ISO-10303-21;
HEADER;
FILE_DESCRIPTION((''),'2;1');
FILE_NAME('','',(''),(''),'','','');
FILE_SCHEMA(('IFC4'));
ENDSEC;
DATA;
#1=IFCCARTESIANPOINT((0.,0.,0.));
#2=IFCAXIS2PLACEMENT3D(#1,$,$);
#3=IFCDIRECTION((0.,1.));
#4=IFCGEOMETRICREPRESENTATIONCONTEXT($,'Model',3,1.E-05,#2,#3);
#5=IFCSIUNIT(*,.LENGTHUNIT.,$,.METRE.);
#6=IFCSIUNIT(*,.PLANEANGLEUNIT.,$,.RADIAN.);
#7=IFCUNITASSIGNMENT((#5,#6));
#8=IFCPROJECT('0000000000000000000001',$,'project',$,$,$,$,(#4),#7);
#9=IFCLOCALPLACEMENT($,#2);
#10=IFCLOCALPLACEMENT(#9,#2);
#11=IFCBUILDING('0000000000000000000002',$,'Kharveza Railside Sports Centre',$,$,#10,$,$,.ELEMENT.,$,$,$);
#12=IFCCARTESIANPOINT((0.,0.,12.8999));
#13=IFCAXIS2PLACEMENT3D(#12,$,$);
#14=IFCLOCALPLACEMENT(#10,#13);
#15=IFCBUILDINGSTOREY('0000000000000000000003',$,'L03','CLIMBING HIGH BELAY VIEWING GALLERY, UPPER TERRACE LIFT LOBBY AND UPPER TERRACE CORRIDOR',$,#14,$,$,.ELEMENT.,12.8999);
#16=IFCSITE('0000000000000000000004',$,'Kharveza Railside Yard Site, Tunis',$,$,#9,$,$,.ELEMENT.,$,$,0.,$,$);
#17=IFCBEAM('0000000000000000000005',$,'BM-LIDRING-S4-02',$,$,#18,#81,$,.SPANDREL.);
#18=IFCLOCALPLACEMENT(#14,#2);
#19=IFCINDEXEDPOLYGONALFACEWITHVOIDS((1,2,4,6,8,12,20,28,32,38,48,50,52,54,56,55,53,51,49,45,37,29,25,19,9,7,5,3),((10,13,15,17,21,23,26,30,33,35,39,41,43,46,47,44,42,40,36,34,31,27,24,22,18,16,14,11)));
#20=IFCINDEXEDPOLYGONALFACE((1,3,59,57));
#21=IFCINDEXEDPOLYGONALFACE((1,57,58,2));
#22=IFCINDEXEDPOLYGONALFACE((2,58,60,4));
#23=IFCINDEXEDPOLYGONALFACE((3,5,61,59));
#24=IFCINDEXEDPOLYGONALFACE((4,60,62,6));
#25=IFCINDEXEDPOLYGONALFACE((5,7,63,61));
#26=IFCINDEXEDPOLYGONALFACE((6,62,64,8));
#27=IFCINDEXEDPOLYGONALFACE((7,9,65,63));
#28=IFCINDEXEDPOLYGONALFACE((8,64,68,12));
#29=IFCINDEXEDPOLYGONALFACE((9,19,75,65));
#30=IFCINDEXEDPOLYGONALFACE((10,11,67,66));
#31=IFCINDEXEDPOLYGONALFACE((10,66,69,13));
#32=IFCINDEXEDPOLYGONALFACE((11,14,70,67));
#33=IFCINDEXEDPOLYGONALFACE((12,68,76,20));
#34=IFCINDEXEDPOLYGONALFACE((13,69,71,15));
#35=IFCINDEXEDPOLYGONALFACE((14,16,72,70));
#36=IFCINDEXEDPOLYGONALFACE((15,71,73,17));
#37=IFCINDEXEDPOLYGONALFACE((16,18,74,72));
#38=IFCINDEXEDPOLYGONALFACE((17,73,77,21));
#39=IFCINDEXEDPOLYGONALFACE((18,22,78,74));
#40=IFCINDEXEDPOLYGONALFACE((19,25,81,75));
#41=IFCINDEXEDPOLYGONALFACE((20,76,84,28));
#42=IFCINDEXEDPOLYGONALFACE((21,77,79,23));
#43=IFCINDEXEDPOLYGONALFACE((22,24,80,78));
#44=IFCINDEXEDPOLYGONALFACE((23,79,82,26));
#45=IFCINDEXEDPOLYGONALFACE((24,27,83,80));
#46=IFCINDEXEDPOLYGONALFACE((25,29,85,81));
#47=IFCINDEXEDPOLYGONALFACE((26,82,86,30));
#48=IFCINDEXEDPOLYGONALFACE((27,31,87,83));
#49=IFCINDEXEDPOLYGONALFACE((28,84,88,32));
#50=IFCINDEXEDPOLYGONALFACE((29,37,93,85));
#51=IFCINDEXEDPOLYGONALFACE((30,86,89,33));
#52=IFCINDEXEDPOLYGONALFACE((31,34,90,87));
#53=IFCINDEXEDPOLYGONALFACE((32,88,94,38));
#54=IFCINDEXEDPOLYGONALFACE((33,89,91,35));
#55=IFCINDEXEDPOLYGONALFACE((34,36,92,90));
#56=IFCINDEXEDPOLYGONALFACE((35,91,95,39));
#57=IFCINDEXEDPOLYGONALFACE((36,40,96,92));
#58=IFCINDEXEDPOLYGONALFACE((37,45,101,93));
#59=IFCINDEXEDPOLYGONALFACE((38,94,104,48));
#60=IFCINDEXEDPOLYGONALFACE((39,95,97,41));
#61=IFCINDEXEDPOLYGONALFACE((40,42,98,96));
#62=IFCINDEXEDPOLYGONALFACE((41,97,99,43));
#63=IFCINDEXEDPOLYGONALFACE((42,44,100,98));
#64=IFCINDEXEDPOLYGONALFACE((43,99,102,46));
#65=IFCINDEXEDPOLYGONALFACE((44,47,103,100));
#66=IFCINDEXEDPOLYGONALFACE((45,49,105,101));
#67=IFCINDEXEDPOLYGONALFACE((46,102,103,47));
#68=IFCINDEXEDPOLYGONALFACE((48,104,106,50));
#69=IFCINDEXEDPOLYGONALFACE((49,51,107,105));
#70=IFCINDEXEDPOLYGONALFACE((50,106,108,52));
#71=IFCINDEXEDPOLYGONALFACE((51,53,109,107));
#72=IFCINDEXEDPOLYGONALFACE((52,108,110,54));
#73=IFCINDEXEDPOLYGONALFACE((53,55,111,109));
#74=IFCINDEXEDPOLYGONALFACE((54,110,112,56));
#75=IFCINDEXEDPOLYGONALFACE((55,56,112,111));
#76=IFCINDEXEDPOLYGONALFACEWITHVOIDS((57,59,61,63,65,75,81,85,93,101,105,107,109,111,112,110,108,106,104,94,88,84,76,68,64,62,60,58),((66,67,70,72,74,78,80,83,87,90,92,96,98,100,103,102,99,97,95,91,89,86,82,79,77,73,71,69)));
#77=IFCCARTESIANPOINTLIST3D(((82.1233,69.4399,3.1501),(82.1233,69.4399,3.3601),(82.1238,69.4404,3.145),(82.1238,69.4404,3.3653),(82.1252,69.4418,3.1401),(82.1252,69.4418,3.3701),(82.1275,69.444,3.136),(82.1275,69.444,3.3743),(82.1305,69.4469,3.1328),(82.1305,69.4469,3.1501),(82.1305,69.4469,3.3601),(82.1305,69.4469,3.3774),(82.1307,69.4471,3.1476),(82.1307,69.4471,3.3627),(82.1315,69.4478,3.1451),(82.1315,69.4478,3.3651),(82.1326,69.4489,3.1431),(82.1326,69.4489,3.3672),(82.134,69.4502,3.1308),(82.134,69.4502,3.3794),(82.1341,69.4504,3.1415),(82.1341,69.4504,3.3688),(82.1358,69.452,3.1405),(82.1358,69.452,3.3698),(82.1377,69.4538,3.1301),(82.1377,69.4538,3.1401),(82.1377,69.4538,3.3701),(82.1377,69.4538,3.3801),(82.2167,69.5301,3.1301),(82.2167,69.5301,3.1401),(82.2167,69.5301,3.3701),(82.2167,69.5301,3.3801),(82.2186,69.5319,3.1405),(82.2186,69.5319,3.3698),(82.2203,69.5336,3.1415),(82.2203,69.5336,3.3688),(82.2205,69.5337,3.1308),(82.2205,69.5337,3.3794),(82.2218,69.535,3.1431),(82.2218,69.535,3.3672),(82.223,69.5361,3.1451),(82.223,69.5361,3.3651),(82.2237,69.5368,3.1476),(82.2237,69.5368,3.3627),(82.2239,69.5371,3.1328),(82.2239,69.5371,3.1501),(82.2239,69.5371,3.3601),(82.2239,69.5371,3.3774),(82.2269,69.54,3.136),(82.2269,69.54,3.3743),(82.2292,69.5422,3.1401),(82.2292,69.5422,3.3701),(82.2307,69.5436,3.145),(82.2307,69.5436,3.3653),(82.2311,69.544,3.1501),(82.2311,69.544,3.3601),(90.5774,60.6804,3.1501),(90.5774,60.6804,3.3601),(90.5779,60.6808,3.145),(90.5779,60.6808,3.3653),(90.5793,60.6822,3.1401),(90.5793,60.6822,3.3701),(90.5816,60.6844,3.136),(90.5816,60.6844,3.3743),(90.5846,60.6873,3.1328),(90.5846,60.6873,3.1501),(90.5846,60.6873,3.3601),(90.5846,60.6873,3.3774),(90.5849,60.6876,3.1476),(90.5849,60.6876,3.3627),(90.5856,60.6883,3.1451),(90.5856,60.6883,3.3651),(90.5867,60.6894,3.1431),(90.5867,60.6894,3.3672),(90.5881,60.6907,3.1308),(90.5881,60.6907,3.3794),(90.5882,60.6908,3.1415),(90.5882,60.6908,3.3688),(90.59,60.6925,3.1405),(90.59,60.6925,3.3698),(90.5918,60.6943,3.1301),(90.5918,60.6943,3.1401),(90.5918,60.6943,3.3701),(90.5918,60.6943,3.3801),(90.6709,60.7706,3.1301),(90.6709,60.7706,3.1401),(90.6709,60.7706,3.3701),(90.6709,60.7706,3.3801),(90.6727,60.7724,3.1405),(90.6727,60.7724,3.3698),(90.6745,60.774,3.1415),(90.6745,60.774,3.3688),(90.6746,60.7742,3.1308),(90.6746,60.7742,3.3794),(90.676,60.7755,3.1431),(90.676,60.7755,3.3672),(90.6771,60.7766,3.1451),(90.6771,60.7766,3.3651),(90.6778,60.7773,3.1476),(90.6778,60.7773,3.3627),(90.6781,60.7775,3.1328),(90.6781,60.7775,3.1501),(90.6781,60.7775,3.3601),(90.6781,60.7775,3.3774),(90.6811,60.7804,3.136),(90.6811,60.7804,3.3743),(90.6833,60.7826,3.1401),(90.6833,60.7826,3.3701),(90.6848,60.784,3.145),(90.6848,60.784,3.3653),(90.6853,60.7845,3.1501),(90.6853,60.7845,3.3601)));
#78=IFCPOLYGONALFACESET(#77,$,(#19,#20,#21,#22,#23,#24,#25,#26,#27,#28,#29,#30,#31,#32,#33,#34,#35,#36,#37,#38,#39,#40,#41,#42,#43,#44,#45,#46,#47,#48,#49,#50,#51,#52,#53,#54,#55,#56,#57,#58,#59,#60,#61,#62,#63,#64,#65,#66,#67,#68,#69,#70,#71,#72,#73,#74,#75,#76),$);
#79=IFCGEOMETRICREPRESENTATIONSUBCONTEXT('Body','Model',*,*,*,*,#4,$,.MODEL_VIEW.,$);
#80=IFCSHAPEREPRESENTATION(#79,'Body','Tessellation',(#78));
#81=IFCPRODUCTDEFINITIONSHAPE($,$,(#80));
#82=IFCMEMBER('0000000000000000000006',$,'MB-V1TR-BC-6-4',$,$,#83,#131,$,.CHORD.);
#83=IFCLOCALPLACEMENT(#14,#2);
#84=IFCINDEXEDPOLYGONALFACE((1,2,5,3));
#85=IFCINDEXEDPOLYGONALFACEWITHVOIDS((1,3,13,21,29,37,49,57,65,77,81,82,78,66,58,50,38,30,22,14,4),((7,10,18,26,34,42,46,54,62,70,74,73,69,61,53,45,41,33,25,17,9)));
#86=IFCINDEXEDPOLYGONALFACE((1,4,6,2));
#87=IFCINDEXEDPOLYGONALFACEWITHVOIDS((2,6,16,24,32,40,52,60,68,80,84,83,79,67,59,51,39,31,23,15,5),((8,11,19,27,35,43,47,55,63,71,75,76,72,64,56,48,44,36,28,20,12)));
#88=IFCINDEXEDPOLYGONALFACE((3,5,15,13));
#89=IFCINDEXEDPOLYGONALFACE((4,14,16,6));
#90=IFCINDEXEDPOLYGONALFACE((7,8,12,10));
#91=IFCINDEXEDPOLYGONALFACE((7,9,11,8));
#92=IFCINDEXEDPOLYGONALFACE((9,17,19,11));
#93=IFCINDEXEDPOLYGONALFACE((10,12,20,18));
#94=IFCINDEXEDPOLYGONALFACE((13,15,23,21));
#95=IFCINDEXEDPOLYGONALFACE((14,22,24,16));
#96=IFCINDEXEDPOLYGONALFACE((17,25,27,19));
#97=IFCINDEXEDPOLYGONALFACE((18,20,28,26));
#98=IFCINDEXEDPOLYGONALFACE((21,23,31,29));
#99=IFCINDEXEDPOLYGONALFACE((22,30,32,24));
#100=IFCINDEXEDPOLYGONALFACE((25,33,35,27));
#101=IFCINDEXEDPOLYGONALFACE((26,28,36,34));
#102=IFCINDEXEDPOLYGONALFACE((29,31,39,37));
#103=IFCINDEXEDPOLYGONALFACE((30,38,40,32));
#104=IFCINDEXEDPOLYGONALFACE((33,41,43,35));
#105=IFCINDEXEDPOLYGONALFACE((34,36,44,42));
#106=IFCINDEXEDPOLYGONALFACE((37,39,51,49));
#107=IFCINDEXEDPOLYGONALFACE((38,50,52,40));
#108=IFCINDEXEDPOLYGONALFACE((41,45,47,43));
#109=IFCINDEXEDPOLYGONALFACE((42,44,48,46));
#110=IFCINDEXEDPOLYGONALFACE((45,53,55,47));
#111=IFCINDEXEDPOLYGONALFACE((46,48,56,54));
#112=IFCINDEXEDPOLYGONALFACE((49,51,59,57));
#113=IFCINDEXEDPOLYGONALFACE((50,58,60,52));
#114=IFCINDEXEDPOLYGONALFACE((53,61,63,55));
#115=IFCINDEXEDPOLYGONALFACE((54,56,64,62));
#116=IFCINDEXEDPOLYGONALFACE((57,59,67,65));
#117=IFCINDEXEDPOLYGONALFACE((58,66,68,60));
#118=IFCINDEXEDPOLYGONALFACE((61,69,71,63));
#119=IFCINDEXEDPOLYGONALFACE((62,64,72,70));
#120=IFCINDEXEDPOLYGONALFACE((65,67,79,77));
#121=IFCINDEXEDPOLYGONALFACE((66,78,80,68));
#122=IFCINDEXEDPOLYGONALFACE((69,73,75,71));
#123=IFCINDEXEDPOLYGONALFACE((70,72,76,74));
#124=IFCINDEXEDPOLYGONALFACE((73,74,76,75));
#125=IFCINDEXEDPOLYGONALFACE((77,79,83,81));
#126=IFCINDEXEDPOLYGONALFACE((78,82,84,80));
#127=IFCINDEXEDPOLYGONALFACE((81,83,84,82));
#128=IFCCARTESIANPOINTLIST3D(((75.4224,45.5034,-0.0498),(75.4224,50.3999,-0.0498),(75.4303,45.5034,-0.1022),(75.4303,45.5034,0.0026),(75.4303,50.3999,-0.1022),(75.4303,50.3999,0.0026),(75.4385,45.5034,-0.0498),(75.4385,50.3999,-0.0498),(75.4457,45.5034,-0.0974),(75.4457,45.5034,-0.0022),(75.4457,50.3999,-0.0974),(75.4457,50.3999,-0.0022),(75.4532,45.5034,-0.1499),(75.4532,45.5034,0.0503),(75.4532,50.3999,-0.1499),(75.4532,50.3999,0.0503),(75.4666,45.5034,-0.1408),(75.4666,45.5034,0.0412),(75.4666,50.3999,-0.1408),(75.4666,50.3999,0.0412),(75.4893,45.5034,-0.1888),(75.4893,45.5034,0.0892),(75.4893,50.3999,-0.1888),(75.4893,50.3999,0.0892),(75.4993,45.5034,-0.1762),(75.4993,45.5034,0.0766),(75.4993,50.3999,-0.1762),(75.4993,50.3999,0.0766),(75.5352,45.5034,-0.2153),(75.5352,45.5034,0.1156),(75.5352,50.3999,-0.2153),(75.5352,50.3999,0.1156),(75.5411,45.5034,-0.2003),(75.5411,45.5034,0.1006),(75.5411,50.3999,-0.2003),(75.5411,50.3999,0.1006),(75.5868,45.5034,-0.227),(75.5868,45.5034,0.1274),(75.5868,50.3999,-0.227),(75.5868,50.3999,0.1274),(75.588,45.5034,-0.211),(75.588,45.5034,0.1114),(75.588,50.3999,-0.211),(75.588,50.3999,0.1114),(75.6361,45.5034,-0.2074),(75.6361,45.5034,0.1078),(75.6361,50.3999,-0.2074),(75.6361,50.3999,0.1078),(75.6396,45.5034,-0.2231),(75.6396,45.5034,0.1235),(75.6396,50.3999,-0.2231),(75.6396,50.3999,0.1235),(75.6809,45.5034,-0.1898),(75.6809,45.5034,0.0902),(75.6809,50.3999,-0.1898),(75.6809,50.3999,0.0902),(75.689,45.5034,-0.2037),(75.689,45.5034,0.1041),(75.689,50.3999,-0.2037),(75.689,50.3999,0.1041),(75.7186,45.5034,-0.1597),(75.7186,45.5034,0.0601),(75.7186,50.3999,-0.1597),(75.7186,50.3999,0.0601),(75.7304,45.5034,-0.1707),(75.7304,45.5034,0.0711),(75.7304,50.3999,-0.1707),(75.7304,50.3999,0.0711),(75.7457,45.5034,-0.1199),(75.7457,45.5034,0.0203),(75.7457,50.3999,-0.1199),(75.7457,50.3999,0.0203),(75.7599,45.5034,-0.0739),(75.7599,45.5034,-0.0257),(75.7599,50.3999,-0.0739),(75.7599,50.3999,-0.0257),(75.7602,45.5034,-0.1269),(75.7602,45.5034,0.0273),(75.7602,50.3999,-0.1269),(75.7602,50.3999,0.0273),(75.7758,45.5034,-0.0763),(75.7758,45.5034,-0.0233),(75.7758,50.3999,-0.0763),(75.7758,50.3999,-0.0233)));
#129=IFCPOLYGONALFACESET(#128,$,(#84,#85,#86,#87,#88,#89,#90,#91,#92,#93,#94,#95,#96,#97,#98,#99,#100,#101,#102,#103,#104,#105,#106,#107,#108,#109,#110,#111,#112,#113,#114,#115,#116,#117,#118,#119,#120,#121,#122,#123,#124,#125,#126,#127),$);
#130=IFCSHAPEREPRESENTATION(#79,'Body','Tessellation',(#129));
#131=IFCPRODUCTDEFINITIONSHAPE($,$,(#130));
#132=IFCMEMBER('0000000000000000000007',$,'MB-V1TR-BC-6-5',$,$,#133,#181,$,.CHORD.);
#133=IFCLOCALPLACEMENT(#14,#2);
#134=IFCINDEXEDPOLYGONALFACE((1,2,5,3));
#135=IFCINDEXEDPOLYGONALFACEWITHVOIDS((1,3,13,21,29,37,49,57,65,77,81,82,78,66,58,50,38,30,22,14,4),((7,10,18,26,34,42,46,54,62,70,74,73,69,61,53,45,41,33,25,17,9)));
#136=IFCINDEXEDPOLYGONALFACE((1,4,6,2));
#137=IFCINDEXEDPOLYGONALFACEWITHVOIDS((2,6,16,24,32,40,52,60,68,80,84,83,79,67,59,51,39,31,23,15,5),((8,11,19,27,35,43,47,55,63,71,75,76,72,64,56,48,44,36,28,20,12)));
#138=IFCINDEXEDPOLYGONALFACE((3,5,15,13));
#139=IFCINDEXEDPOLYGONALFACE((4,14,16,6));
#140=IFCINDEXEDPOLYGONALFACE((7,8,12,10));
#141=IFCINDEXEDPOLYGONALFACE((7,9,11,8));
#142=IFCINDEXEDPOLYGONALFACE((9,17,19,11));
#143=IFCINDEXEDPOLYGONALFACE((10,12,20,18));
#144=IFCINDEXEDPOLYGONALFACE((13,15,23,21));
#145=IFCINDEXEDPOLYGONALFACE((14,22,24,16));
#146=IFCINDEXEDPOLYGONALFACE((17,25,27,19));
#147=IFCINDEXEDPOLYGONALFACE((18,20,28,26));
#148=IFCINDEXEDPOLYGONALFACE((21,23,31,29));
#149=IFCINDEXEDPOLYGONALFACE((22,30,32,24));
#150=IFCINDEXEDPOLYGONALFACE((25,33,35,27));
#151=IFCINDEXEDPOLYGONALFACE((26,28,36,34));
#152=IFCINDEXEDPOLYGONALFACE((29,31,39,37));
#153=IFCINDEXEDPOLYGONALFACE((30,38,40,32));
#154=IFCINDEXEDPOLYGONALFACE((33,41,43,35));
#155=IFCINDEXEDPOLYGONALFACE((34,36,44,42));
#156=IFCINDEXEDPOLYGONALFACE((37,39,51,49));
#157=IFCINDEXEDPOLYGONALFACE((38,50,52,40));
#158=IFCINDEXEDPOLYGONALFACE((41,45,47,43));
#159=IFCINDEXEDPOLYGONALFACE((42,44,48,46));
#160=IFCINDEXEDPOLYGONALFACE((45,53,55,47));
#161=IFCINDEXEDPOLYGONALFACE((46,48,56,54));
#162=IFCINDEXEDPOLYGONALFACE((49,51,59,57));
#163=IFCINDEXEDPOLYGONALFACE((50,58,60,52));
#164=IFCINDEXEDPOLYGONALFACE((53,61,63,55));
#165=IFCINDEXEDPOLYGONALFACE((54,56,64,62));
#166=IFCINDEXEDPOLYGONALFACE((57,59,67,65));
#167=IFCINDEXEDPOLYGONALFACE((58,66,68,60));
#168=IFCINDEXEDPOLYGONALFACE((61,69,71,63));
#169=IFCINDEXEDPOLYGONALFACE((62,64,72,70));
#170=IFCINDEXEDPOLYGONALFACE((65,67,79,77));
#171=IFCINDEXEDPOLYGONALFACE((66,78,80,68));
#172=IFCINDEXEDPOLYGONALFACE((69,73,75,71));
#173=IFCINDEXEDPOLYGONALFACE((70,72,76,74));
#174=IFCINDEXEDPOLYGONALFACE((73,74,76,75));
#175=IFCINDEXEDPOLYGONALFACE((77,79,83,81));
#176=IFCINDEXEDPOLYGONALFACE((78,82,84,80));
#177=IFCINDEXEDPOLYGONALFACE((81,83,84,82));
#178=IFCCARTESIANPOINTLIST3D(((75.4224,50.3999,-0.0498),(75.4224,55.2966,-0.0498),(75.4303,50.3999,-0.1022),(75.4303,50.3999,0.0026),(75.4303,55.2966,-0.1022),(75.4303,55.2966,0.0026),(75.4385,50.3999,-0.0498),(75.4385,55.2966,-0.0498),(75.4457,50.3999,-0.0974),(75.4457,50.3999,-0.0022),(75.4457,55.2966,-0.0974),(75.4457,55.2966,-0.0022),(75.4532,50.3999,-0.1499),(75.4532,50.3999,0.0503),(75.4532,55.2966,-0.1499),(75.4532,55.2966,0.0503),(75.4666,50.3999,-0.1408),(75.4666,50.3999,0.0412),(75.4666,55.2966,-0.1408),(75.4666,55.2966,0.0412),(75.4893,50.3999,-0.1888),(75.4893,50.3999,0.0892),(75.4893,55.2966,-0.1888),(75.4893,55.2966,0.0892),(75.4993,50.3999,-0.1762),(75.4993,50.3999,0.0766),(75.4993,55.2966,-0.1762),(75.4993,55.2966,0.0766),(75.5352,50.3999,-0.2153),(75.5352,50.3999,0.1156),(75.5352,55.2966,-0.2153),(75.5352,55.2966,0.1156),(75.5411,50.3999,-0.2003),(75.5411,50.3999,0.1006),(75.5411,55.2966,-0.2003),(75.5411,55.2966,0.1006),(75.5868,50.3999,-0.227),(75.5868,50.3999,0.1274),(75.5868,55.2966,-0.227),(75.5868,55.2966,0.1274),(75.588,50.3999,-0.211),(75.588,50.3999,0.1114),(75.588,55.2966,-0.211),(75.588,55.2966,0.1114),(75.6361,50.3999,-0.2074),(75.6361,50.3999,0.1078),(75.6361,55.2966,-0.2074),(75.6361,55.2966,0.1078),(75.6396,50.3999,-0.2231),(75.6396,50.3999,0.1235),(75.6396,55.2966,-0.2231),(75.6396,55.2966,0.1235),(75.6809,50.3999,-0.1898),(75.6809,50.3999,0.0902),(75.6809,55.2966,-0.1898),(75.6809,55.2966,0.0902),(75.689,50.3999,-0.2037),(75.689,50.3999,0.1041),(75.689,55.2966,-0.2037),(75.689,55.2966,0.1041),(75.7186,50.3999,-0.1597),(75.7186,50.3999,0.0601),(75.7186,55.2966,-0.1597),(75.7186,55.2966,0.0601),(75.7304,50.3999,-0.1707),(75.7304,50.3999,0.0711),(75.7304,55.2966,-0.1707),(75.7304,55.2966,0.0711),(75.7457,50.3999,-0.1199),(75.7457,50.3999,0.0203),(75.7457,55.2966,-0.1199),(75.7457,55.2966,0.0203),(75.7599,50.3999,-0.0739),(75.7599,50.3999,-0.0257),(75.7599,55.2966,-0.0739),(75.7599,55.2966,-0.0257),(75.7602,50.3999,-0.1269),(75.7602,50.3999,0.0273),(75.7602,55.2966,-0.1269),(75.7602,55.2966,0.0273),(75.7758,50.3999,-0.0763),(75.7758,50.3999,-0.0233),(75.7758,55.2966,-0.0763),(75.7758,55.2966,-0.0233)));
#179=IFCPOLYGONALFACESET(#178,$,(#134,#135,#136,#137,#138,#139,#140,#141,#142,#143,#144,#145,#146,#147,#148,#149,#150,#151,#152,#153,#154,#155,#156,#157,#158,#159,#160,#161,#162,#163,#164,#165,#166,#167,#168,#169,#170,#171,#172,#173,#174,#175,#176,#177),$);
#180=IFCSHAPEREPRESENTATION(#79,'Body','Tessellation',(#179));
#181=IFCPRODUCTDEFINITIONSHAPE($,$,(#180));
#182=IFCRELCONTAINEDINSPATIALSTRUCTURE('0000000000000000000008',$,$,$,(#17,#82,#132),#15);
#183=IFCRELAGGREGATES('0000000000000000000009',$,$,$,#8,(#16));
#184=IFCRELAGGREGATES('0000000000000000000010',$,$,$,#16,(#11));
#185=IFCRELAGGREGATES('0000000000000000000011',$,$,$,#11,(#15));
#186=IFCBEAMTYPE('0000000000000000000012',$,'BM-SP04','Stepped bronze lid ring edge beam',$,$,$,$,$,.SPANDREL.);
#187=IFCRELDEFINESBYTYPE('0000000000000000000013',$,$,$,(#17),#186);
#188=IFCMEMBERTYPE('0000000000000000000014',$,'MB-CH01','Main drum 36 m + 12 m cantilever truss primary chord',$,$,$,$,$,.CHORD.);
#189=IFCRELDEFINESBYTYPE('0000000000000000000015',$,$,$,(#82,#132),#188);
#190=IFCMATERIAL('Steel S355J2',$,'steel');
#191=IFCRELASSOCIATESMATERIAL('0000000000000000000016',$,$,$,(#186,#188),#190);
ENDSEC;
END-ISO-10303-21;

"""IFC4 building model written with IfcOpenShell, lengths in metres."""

from ifc_helpers import new_model, si_unit, direction, frame, origin, origin_2d, place, context, subcontext, project, spatial, hollow_rectangle, hollow_circle, extrude, material, material_profile, profile_set, type_object, element, save


model = new_model("IFC4")

# Units and contexts
model_context = context("Model", 3, precision=1e-05, world=origin(), true_north=direction((0.0, 1.0)))
body_context = subcontext(model_context, "Body", "Model", "MODEL_VIEW")
ifc_project = project(units=[si_unit("LENGTHUNIT", "METRE"), si_unit("PLANEANGLEUNIT", "RADIAN")], contexts=[model_context])

# Site, building, storey
site_placement = place(None, origin())
site = spatial("IfcSite", under=ifc_project, at=site_placement, Name="Kharveza Railside Yard Site, Tunis", CompositionType="ELEMENT", RefElevation=0.0)
building_placement = place(site_placement, origin())
building = spatial("IfcBuilding", under=site, at=building_placement, Name="Kharveza Railside Sports Centre", CompositionType="ELEMENT")
storey_placement = place(building_placement, frame((0.0, 0.0, 12.8999)))
storey = spatial("IfcBuildingStorey", under=building, at=storey_placement, Name="L03", Description="CLIMBING HIGH BELAY VIEWING GALLERY, UPPER TERRACE LIFT LOBBY AND UPPER TERRACE CORRIDOR", CompositionType="ELEMENT", Elevation=12.8999)

# Beam
ifc_material_1 = material(Name="Steel S355J2", Category="steel")
ifc_material_profile_1 = material_profile(ifc_material_1, hollow_rectangle(XDim=0.1499, YDim=0.25, WallThickness=0.01, InnerFilletRadius=0.01, OuterFilletRadius=0.02, at=origin_2d()), Name="RHS 150x250x10.0")
ifc_profile_set_1 = profile_set([ifc_material_profile_1], Name="Steel S355J2")
beam_type = type_object("IfcBeamType", Name="BM-SP04", Description="Stepped bronze lid ring edge beam", PredefinedType="SPANDREL", material=ifc_profile_set_1)
beam_placement = place(storey_placement, frame((90.6313, 60.7324, 3.2551), z_axis=(-0.694451, 0.71954, 0.0), x_axis=(-0.71954, -0.694451, 0.0)))
element("IfcBeam", 1, at=beam_placement, inside=storey, type_object=beam_type, Name="BM-LIDRING-S4-02", PredefinedType="SPANDREL", context=body_context, shape_type="SweptSolid", body=[
    extrude(hollow_rectangle(XDim=0.1499, YDim=0.25, WallThickness=0.01, InnerFilletRadius=0.01, OuterFilletRadius=0.02, at=origin_2d()), origin(), (0.0, 0.0, 1.0), 12.1738),
])

# Members
ifc_material_profile_2 = material_profile(ifc_material_1, hollow_circle(Radius=0.1777, WallThickness=0.0161, at=origin_2d()), Name="CHS 355.6x16.0")
ifc_profile_set_2 = profile_set([ifc_material_profile_2], Name="Steel S355J2")
member_type_1 = type_object("IfcMemberType", Name="MB-CH01", Description="Main drum 36 m + 12 m cantilever truss primary chord", PredefinedType="CHORD", material=ifc_profile_set_2)
member_1_placement = place(storey_placement, frame((75.6001, 45.5034, -0.0498), z_axis=(0.0, 1.0, 0.0), x_axis=(-1.0, 0.0, 0.0)))
element("IfcMember", 2, at=member_1_placement, inside=storey, type_object=member_type_1, Name="MB-V1TR-BC-6-4", PredefinedType="CHORD", context=body_context, shape_type="SweptSolid", body=[
    extrude(hollow_circle(Radius=0.1777, WallThickness=0.0161, at=origin_2d()), origin(), (0.0, 0.0, 1.0), 4.8965),
])
for number, where, z_axis, x_axis, name in (
    (3, (75.6001, 50.3999, -0.0498), (0.0, 1.0, 0.0), (-1.0, 0.0, 0.0), "MB-V1TR-BC-6-5"),
):
    element("IfcMember", number, at=place(storey_placement, frame(where, z_axis=z_axis, x_axis=x_axis)), inside=storey, type_object=member_type_1, Name=name, PredefinedType="CHORD", context=body_context, shape_type="SweptSolid", body=[
        extrude(hollow_circle(Radius=0.1777, WallThickness=0.0161, at=origin_2d()), origin(), (0.0, 0.0, 1.0), 4.8967),
    ])

save(model, "model.ifc")
